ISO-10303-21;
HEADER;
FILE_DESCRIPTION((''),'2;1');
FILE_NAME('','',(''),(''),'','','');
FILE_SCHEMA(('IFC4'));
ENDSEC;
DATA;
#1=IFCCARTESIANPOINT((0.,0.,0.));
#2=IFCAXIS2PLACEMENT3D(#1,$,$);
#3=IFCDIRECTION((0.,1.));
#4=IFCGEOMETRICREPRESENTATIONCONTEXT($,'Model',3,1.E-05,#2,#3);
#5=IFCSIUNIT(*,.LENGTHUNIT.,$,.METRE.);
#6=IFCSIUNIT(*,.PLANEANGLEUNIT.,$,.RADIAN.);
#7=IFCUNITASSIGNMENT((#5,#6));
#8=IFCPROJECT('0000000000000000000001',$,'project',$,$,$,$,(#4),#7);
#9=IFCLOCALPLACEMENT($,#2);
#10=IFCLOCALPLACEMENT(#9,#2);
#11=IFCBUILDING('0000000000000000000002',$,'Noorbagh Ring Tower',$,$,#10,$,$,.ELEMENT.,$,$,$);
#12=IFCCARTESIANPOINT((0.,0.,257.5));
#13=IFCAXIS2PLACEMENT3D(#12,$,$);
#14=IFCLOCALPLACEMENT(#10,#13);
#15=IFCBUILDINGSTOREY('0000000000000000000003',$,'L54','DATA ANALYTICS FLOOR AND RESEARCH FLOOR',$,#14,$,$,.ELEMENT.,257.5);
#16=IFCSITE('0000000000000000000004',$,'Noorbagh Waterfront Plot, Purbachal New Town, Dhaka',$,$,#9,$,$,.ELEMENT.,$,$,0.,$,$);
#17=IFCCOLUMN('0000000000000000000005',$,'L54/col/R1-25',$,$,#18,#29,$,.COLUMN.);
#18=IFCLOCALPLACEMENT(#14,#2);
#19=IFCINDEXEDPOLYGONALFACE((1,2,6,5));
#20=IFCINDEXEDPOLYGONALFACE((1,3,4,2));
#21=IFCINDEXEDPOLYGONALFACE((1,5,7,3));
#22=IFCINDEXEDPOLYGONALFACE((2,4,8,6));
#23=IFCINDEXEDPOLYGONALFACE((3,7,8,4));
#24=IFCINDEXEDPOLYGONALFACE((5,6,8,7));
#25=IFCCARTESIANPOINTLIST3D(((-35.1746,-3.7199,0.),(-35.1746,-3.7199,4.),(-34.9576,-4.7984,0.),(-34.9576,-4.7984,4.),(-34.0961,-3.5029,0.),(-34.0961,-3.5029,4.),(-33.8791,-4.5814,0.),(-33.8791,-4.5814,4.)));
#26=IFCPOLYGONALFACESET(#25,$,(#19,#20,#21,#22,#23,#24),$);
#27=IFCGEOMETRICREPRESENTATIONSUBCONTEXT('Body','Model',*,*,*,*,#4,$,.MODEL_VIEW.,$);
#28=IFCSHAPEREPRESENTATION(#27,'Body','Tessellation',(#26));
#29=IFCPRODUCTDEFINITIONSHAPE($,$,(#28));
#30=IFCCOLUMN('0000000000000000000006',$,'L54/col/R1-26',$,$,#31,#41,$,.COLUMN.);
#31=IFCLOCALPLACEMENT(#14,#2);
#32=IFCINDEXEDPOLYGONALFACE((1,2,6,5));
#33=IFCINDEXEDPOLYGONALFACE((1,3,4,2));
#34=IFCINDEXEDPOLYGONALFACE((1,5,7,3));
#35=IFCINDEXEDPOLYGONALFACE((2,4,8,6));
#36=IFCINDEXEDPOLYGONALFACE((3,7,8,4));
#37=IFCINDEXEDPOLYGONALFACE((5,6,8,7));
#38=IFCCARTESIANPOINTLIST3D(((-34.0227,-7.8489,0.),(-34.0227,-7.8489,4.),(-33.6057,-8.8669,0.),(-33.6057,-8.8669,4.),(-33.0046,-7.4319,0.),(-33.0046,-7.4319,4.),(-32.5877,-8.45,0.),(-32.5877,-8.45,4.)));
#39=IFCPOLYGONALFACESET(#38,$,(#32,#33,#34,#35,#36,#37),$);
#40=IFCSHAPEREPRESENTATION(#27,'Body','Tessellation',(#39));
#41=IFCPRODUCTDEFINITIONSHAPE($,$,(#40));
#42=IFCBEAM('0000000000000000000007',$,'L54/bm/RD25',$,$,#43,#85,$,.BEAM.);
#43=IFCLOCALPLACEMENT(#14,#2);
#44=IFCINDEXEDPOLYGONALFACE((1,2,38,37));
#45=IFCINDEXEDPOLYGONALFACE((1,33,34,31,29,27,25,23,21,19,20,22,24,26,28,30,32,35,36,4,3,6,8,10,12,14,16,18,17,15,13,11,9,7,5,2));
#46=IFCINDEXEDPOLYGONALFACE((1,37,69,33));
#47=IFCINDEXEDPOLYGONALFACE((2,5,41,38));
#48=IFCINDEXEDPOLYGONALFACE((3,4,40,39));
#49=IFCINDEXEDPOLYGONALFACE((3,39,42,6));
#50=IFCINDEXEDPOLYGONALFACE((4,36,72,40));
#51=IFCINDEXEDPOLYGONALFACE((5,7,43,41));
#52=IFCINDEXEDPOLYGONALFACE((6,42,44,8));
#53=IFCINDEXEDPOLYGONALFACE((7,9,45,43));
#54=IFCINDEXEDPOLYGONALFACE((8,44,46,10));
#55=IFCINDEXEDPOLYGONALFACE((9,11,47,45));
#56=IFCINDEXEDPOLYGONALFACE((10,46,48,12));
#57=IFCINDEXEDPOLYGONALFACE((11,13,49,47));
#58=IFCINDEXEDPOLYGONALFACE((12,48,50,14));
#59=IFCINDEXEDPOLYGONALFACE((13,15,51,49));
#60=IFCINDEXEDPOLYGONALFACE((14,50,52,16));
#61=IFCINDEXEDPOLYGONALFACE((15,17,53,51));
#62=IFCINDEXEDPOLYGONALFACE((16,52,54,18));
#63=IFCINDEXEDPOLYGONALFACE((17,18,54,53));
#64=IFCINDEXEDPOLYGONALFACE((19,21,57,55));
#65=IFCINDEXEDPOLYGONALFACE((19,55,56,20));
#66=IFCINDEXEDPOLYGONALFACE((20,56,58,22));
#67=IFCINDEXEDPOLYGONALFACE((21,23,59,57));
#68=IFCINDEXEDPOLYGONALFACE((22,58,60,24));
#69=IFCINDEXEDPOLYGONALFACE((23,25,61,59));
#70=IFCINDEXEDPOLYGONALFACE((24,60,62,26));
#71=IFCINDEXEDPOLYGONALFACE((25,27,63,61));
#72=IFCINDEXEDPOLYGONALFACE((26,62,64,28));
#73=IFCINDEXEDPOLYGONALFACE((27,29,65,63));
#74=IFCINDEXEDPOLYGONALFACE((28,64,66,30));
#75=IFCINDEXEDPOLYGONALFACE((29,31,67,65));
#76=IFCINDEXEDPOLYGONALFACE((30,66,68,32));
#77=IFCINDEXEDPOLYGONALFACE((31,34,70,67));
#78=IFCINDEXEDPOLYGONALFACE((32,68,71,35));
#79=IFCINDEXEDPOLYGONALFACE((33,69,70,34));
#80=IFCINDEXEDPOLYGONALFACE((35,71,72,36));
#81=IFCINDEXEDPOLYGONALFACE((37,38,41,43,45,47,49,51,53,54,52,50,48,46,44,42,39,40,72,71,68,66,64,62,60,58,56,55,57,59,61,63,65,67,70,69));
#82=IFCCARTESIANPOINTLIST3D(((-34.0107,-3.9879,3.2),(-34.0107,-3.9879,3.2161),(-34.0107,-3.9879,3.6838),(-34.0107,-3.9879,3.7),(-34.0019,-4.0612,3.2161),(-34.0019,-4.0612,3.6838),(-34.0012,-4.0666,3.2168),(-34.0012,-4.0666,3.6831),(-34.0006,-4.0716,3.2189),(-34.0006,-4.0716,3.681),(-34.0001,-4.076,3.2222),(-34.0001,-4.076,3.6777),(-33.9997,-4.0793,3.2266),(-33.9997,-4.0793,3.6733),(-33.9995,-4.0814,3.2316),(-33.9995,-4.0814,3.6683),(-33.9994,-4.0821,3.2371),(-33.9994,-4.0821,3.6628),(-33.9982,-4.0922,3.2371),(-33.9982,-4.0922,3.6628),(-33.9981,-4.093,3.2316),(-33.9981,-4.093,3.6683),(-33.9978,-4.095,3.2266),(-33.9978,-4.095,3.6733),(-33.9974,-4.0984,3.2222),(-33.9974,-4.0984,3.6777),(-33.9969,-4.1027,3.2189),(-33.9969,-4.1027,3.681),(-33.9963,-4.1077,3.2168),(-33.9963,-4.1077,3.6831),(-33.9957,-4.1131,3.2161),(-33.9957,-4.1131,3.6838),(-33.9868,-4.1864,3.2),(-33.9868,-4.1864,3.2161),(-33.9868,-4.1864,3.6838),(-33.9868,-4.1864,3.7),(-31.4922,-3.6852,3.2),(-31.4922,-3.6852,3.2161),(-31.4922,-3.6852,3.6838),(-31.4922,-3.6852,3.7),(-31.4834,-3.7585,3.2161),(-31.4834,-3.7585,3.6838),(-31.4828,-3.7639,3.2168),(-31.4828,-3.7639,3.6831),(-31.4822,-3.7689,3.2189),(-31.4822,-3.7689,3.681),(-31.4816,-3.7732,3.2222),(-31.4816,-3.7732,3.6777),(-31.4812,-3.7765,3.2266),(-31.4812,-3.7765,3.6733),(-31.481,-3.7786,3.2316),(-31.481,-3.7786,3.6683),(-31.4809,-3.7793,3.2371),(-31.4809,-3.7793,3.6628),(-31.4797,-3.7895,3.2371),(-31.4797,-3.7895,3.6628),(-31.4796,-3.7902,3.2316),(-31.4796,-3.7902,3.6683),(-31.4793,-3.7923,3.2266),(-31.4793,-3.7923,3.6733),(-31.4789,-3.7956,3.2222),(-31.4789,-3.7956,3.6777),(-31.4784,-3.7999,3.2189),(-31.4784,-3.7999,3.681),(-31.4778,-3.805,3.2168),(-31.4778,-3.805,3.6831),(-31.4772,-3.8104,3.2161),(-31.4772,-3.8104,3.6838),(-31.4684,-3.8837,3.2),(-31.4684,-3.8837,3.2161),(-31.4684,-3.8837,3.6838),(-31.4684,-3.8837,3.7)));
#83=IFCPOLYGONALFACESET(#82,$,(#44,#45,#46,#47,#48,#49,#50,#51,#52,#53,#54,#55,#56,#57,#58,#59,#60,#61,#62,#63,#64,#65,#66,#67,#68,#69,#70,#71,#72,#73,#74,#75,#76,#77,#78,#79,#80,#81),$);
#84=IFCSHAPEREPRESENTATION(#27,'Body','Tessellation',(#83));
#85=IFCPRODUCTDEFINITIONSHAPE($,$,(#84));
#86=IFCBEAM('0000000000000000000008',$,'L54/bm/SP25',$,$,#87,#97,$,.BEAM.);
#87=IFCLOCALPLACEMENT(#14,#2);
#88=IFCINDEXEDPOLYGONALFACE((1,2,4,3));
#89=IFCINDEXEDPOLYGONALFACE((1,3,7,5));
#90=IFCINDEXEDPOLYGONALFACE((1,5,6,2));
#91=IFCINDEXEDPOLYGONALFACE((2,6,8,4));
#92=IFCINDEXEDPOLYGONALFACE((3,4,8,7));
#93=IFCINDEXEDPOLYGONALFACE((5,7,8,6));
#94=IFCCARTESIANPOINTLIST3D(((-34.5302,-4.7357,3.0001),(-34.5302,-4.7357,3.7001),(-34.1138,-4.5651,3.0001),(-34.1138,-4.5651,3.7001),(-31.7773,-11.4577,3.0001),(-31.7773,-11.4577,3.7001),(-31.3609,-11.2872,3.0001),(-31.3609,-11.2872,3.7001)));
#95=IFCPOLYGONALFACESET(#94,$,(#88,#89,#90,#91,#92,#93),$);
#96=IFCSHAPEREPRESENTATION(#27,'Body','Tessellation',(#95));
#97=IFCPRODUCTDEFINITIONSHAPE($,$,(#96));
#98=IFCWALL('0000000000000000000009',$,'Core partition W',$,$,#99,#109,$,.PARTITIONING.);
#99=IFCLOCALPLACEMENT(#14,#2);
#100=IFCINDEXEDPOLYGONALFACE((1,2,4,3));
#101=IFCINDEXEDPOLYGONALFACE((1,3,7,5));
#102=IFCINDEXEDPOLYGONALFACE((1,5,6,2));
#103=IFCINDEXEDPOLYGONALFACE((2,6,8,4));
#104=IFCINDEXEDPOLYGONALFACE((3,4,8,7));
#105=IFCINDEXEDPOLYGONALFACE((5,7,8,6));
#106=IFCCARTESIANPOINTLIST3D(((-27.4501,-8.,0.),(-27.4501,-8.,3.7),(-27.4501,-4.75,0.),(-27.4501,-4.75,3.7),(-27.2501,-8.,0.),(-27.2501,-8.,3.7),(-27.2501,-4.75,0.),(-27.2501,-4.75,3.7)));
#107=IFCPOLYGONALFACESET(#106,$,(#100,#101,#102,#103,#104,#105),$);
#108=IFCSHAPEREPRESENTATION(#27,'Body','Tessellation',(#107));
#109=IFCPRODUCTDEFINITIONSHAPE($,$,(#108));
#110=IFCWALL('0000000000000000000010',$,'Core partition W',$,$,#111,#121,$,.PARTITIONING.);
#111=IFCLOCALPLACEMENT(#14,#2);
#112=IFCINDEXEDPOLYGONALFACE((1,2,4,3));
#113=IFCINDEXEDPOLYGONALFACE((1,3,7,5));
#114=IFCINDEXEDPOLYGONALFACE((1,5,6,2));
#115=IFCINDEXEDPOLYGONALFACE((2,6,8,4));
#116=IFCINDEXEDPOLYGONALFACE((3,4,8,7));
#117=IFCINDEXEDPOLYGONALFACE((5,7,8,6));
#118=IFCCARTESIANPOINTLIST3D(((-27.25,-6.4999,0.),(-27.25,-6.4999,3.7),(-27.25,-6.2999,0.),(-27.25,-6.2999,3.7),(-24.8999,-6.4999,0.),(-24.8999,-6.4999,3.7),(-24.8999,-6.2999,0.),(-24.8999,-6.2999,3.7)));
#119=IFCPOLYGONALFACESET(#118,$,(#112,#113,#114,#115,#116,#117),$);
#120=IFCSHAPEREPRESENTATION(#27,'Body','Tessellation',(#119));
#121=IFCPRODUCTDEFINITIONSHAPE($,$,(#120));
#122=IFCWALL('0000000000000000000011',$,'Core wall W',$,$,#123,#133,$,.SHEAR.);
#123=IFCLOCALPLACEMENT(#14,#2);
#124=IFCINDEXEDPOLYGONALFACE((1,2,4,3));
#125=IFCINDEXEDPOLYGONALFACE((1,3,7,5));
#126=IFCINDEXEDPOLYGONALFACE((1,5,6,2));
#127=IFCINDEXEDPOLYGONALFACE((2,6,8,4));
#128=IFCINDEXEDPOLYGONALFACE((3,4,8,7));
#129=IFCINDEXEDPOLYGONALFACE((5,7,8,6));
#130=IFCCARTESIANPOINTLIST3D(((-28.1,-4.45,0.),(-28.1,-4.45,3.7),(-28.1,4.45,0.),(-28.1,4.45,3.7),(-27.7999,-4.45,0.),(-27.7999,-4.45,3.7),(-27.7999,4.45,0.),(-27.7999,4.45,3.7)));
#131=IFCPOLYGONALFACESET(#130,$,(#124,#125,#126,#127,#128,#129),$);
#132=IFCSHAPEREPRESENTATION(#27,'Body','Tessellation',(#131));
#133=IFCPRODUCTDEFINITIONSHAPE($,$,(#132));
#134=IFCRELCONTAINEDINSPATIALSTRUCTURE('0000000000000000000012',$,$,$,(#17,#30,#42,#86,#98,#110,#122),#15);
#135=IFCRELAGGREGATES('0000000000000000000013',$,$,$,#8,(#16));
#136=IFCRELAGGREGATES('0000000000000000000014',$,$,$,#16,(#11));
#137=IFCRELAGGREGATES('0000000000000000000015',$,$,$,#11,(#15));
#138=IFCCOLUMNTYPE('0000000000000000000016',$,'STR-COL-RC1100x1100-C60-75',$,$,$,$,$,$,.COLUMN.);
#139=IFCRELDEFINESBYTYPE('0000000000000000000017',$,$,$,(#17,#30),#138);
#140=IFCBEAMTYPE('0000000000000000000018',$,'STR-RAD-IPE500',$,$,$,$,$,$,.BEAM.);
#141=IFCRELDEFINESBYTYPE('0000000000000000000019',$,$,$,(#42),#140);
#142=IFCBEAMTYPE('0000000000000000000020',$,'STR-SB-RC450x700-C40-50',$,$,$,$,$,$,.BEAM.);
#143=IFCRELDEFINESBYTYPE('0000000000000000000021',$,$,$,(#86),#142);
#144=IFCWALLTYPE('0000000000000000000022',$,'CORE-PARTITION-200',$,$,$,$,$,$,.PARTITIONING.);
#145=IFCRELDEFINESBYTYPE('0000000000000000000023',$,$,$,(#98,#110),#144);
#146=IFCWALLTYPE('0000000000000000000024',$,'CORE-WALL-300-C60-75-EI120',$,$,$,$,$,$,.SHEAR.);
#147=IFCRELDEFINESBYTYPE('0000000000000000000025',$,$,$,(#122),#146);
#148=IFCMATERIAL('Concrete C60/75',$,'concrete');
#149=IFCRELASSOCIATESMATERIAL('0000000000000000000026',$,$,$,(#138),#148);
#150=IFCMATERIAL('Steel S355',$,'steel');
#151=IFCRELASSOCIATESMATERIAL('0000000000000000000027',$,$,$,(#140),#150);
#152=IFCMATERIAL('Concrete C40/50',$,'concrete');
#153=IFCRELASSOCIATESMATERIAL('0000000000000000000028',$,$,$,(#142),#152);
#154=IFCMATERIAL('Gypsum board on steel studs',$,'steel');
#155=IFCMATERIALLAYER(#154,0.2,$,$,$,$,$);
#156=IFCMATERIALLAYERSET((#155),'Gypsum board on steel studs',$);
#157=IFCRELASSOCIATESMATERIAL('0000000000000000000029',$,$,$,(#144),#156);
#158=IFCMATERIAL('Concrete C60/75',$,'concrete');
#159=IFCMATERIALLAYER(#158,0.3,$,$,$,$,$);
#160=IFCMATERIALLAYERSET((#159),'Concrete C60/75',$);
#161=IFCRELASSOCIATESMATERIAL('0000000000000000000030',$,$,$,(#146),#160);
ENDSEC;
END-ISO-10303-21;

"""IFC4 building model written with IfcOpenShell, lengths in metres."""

from ifc_helpers import new_model, si_unit, direction, frame, frame_2d, origin, origin_2d, place, context, subcontext, project, spatial, rectangle, i_section, extrude, material, layer, layer_set, material_profile, profile_set, type_object, element, save


model = new_model("IFC4")

# Units and contexts
model_context = context("Model", 3, precision=1e-05, world=origin(), true_north=direction((0.0, 1.0)))
body_context = subcontext(model_context, "Body", "Model", "MODEL_VIEW")
ifc_project = project(units=[si_unit("LENGTHUNIT", "METRE"), si_unit("PLANEANGLEUNIT", "RADIAN")], contexts=[model_context])

# Site, building, storey
site_placement = place(None, origin())
site = spatial("IfcSite", under=ifc_project, at=site_placement, Name="Noorbagh Waterfront Plot, Purbachal New Town, Dhaka", CompositionType="ELEMENT", RefElevation=0.0)
building_placement = place(site_placement, origin())
building = spatial("IfcBuilding", under=site, at=building_placement, Name="Noorbagh Ring Tower", CompositionType="ELEMENT")
storey_placement = place(building_placement, frame((0.0, 0.0, 257.5)))
storey = spatial("IfcBuildingStorey", under=building, at=storey_placement, Name="L54", Description="DATA ANALYTICS FLOOR AND RESEARCH FLOOR", CompositionType="ELEMENT", Elevation=257.5)

# Columns
ifc_material_1 = material(Name="Concrete C60/75", Category="concrete")
ifc_material_profile_1 = material_profile(ifc_material_1, rectangle(XDim=1.1001, YDim=1.1001, at=origin_2d()), Name="RC1100x1100")
ifc_profile_set_1 = profile_set([ifc_material_profile_1], Name="Concrete C60/75")
column_type = type_object("IfcColumnType", Name="STR-COL-RC1100x1100-C60-75", PredefinedType="COLUMN", material=ifc_profile_set_1)
for number, where, z_axis, x_axis, name in (
    (1, (-34.5269, -4.1506, 0.0), (0.0, 0.0, 1.0), (0.19723, -0.980357, 0.0), "L54/col/R1-25"),
    (2, (-33.3052, -8.1494, 0.0), (0.0, 0.0, 1.0), (0.378989, -0.925401, 0.0), "L54/col/R1-26"),
):
    element("IfcColumn", number, at=place(storey_placement, frame(where, z_axis=z_axis, x_axis=x_axis)), inside=storey, type_object=column_type, Name=name, PredefinedType="COLUMN", context=body_context, shape_type="SweptSolid", body=[
        extrude(rectangle(XDim=1.1001, YDim=1.1001, at=origin_2d()), origin(), (0.0, 0.0, 1.0), 4.0),
    ])

# Beams
ifc_material_2 = material(Name="Steel S355", Category="steel")
ifc_material_profile_2 = material_profile(ifc_material_2, i_section(OverallWidth=0.2, OverallDepth=0.5, WebThickness=0.0103, FlangeThickness=0.0161, FilletRadius=0.021, at=origin_2d()), Name="IPE500")
ifc_profile_set_2 = profile_set([ifc_material_profile_2], Name="Steel S355")
beam_type_1 = type_object("IfcBeamType", Name="STR-RAD-IPE500", PredefinedType="BEAM", material=ifc_profile_set_2)
beam_1_placement = place(storey_placement, frame((-33.9988, -4.0872, 3.45), z_axis=(0.992853, 0.119343, 0.0), x_axis=(-0.119343, 0.992853, 0.0)))
element("IfcBeam", 3, at=beam_1_placement, inside=storey, type_object=beam_type_1, Name="L54/bm/RD25", PredefinedType="BEAM", context=body_context, shape_type="SweptSolid", body=[
    extrude(i_section(OverallWidth=0.2, OverallDepth=0.5, WebThickness=0.0103, FlangeThickness=0.0161, FilletRadius=0.021, at=origin_2d()), origin(), (0.0, 0.0, 1.0), 2.5366),
])
ifc_material_3 = material(Name="Concrete C40/50", Category="concrete")
ifc_material_profile_3 = material_profile(ifc_material_3, rectangle(XDim=0.45, YDim=0.7, at=origin_2d()), Name="RC450x700")
ifc_profile_set_3 = profile_set([ifc_material_profile_3], Name="Concrete C40/50")
beam_type_2 = type_object("IfcBeamType", Name="STR-SB-RC450x700-C40-50", PredefinedType="BEAM", material=ifc_profile_set_3)
beam_2_placement = place(storey_placement, frame((-34.322, -4.6504, 3.3501), z_axis=(0.378981, -0.925404, 0.0), x_axis=(0.925404, 0.378981, 0.0)))
element("IfcBeam", 4, at=beam_2_placement, inside=storey, type_object=beam_type_2, Name="L54/bm/SP25", PredefinedType="BEAM", context=body_context, shape_type="SweptSolid", body=[
    extrude(rectangle(XDim=0.45, YDim=0.7, at=origin_2d()), origin(), (0.0, 0.0, 1.0), 7.2639),
])

# Walls
ifc_material_4 = material(Name="Gypsum board on steel studs", Category="steel")
ifc_layer_1 = layer(ifc_material_4, 0.2)
ifc_layer_set_1 = layer_set([ifc_layer_1], Name="Gypsum board on steel studs")
wall_type_1 = type_object("IfcWallType", Name="CORE-PARTITION-200", PredefinedType="PARTITIONING", material=ifc_layer_set_1)
wall_1_placement = place(storey_placement, frame((-27.3501, -8.0, 0.0), z_axis=(0.0, 0.0, 1.0), x_axis=(0.0, 1.0, 0.0)))
element("IfcWall", 5, at=wall_1_placement, inside=storey, type_object=wall_type_1, Name="Core partition W", PredefinedType="PARTITIONING", context=body_context, shape_type="SweptSolid", body=[
    extrude(rectangle(XDim=3.25, YDim=0.2, at=frame_2d((1.625, 0.0))), origin(), (0.0, 0.0, 1.0), 3.7),
])
wall_2_placement = place(storey_placement, frame((-24.8999, -6.3999, 0.0), z_axis=(0.0, 0.0, 1.0), x_axis=(-1.0, 0.0, 0.0)))
element("IfcWall", 6, at=wall_2_placement, inside=storey, type_object=wall_type_1, Name="Core partition W", PredefinedType="PARTITIONING", context=body_context, shape_type="SweptSolid", body=[
    extrude(rectangle(XDim=2.3501, YDim=0.2, at=frame_2d((1.175, 0.0))), origin(), (0.0, 0.0, 1.0), 3.7),
])
ifc_material_5 = material(Name="Concrete C60/75", Category="concrete")
ifc_layer_2 = layer(ifc_material_5, 0.3)
ifc_layer_set_2 = layer_set([ifc_layer_2], Name="Concrete C60/75")
wall_type_2 = type_object("IfcWallType", Name="CORE-WALL-300-C60-75-EI120", PredefinedType="SHEAR", material=ifc_layer_set_2)
wall_3_placement = place(storey_placement, frame((-27.95, -4.45, 0.0), z_axis=(0.0, 0.0, 1.0), x_axis=(0.0, 1.0, 0.0)))
element("IfcWall", 7, at=wall_3_placement, inside=storey, type_object=wall_type_2, Name="Core wall W", PredefinedType="SHEAR", context=body_context, shape_type="SweptSolid", body=[
    extrude(rectangle(XDim=8.8999, YDim=0.3, at=frame_2d((4.45, 0.0))), origin(), (0.0, 0.0, 1.0), 3.7),
])

save(model, "model.ifc")
